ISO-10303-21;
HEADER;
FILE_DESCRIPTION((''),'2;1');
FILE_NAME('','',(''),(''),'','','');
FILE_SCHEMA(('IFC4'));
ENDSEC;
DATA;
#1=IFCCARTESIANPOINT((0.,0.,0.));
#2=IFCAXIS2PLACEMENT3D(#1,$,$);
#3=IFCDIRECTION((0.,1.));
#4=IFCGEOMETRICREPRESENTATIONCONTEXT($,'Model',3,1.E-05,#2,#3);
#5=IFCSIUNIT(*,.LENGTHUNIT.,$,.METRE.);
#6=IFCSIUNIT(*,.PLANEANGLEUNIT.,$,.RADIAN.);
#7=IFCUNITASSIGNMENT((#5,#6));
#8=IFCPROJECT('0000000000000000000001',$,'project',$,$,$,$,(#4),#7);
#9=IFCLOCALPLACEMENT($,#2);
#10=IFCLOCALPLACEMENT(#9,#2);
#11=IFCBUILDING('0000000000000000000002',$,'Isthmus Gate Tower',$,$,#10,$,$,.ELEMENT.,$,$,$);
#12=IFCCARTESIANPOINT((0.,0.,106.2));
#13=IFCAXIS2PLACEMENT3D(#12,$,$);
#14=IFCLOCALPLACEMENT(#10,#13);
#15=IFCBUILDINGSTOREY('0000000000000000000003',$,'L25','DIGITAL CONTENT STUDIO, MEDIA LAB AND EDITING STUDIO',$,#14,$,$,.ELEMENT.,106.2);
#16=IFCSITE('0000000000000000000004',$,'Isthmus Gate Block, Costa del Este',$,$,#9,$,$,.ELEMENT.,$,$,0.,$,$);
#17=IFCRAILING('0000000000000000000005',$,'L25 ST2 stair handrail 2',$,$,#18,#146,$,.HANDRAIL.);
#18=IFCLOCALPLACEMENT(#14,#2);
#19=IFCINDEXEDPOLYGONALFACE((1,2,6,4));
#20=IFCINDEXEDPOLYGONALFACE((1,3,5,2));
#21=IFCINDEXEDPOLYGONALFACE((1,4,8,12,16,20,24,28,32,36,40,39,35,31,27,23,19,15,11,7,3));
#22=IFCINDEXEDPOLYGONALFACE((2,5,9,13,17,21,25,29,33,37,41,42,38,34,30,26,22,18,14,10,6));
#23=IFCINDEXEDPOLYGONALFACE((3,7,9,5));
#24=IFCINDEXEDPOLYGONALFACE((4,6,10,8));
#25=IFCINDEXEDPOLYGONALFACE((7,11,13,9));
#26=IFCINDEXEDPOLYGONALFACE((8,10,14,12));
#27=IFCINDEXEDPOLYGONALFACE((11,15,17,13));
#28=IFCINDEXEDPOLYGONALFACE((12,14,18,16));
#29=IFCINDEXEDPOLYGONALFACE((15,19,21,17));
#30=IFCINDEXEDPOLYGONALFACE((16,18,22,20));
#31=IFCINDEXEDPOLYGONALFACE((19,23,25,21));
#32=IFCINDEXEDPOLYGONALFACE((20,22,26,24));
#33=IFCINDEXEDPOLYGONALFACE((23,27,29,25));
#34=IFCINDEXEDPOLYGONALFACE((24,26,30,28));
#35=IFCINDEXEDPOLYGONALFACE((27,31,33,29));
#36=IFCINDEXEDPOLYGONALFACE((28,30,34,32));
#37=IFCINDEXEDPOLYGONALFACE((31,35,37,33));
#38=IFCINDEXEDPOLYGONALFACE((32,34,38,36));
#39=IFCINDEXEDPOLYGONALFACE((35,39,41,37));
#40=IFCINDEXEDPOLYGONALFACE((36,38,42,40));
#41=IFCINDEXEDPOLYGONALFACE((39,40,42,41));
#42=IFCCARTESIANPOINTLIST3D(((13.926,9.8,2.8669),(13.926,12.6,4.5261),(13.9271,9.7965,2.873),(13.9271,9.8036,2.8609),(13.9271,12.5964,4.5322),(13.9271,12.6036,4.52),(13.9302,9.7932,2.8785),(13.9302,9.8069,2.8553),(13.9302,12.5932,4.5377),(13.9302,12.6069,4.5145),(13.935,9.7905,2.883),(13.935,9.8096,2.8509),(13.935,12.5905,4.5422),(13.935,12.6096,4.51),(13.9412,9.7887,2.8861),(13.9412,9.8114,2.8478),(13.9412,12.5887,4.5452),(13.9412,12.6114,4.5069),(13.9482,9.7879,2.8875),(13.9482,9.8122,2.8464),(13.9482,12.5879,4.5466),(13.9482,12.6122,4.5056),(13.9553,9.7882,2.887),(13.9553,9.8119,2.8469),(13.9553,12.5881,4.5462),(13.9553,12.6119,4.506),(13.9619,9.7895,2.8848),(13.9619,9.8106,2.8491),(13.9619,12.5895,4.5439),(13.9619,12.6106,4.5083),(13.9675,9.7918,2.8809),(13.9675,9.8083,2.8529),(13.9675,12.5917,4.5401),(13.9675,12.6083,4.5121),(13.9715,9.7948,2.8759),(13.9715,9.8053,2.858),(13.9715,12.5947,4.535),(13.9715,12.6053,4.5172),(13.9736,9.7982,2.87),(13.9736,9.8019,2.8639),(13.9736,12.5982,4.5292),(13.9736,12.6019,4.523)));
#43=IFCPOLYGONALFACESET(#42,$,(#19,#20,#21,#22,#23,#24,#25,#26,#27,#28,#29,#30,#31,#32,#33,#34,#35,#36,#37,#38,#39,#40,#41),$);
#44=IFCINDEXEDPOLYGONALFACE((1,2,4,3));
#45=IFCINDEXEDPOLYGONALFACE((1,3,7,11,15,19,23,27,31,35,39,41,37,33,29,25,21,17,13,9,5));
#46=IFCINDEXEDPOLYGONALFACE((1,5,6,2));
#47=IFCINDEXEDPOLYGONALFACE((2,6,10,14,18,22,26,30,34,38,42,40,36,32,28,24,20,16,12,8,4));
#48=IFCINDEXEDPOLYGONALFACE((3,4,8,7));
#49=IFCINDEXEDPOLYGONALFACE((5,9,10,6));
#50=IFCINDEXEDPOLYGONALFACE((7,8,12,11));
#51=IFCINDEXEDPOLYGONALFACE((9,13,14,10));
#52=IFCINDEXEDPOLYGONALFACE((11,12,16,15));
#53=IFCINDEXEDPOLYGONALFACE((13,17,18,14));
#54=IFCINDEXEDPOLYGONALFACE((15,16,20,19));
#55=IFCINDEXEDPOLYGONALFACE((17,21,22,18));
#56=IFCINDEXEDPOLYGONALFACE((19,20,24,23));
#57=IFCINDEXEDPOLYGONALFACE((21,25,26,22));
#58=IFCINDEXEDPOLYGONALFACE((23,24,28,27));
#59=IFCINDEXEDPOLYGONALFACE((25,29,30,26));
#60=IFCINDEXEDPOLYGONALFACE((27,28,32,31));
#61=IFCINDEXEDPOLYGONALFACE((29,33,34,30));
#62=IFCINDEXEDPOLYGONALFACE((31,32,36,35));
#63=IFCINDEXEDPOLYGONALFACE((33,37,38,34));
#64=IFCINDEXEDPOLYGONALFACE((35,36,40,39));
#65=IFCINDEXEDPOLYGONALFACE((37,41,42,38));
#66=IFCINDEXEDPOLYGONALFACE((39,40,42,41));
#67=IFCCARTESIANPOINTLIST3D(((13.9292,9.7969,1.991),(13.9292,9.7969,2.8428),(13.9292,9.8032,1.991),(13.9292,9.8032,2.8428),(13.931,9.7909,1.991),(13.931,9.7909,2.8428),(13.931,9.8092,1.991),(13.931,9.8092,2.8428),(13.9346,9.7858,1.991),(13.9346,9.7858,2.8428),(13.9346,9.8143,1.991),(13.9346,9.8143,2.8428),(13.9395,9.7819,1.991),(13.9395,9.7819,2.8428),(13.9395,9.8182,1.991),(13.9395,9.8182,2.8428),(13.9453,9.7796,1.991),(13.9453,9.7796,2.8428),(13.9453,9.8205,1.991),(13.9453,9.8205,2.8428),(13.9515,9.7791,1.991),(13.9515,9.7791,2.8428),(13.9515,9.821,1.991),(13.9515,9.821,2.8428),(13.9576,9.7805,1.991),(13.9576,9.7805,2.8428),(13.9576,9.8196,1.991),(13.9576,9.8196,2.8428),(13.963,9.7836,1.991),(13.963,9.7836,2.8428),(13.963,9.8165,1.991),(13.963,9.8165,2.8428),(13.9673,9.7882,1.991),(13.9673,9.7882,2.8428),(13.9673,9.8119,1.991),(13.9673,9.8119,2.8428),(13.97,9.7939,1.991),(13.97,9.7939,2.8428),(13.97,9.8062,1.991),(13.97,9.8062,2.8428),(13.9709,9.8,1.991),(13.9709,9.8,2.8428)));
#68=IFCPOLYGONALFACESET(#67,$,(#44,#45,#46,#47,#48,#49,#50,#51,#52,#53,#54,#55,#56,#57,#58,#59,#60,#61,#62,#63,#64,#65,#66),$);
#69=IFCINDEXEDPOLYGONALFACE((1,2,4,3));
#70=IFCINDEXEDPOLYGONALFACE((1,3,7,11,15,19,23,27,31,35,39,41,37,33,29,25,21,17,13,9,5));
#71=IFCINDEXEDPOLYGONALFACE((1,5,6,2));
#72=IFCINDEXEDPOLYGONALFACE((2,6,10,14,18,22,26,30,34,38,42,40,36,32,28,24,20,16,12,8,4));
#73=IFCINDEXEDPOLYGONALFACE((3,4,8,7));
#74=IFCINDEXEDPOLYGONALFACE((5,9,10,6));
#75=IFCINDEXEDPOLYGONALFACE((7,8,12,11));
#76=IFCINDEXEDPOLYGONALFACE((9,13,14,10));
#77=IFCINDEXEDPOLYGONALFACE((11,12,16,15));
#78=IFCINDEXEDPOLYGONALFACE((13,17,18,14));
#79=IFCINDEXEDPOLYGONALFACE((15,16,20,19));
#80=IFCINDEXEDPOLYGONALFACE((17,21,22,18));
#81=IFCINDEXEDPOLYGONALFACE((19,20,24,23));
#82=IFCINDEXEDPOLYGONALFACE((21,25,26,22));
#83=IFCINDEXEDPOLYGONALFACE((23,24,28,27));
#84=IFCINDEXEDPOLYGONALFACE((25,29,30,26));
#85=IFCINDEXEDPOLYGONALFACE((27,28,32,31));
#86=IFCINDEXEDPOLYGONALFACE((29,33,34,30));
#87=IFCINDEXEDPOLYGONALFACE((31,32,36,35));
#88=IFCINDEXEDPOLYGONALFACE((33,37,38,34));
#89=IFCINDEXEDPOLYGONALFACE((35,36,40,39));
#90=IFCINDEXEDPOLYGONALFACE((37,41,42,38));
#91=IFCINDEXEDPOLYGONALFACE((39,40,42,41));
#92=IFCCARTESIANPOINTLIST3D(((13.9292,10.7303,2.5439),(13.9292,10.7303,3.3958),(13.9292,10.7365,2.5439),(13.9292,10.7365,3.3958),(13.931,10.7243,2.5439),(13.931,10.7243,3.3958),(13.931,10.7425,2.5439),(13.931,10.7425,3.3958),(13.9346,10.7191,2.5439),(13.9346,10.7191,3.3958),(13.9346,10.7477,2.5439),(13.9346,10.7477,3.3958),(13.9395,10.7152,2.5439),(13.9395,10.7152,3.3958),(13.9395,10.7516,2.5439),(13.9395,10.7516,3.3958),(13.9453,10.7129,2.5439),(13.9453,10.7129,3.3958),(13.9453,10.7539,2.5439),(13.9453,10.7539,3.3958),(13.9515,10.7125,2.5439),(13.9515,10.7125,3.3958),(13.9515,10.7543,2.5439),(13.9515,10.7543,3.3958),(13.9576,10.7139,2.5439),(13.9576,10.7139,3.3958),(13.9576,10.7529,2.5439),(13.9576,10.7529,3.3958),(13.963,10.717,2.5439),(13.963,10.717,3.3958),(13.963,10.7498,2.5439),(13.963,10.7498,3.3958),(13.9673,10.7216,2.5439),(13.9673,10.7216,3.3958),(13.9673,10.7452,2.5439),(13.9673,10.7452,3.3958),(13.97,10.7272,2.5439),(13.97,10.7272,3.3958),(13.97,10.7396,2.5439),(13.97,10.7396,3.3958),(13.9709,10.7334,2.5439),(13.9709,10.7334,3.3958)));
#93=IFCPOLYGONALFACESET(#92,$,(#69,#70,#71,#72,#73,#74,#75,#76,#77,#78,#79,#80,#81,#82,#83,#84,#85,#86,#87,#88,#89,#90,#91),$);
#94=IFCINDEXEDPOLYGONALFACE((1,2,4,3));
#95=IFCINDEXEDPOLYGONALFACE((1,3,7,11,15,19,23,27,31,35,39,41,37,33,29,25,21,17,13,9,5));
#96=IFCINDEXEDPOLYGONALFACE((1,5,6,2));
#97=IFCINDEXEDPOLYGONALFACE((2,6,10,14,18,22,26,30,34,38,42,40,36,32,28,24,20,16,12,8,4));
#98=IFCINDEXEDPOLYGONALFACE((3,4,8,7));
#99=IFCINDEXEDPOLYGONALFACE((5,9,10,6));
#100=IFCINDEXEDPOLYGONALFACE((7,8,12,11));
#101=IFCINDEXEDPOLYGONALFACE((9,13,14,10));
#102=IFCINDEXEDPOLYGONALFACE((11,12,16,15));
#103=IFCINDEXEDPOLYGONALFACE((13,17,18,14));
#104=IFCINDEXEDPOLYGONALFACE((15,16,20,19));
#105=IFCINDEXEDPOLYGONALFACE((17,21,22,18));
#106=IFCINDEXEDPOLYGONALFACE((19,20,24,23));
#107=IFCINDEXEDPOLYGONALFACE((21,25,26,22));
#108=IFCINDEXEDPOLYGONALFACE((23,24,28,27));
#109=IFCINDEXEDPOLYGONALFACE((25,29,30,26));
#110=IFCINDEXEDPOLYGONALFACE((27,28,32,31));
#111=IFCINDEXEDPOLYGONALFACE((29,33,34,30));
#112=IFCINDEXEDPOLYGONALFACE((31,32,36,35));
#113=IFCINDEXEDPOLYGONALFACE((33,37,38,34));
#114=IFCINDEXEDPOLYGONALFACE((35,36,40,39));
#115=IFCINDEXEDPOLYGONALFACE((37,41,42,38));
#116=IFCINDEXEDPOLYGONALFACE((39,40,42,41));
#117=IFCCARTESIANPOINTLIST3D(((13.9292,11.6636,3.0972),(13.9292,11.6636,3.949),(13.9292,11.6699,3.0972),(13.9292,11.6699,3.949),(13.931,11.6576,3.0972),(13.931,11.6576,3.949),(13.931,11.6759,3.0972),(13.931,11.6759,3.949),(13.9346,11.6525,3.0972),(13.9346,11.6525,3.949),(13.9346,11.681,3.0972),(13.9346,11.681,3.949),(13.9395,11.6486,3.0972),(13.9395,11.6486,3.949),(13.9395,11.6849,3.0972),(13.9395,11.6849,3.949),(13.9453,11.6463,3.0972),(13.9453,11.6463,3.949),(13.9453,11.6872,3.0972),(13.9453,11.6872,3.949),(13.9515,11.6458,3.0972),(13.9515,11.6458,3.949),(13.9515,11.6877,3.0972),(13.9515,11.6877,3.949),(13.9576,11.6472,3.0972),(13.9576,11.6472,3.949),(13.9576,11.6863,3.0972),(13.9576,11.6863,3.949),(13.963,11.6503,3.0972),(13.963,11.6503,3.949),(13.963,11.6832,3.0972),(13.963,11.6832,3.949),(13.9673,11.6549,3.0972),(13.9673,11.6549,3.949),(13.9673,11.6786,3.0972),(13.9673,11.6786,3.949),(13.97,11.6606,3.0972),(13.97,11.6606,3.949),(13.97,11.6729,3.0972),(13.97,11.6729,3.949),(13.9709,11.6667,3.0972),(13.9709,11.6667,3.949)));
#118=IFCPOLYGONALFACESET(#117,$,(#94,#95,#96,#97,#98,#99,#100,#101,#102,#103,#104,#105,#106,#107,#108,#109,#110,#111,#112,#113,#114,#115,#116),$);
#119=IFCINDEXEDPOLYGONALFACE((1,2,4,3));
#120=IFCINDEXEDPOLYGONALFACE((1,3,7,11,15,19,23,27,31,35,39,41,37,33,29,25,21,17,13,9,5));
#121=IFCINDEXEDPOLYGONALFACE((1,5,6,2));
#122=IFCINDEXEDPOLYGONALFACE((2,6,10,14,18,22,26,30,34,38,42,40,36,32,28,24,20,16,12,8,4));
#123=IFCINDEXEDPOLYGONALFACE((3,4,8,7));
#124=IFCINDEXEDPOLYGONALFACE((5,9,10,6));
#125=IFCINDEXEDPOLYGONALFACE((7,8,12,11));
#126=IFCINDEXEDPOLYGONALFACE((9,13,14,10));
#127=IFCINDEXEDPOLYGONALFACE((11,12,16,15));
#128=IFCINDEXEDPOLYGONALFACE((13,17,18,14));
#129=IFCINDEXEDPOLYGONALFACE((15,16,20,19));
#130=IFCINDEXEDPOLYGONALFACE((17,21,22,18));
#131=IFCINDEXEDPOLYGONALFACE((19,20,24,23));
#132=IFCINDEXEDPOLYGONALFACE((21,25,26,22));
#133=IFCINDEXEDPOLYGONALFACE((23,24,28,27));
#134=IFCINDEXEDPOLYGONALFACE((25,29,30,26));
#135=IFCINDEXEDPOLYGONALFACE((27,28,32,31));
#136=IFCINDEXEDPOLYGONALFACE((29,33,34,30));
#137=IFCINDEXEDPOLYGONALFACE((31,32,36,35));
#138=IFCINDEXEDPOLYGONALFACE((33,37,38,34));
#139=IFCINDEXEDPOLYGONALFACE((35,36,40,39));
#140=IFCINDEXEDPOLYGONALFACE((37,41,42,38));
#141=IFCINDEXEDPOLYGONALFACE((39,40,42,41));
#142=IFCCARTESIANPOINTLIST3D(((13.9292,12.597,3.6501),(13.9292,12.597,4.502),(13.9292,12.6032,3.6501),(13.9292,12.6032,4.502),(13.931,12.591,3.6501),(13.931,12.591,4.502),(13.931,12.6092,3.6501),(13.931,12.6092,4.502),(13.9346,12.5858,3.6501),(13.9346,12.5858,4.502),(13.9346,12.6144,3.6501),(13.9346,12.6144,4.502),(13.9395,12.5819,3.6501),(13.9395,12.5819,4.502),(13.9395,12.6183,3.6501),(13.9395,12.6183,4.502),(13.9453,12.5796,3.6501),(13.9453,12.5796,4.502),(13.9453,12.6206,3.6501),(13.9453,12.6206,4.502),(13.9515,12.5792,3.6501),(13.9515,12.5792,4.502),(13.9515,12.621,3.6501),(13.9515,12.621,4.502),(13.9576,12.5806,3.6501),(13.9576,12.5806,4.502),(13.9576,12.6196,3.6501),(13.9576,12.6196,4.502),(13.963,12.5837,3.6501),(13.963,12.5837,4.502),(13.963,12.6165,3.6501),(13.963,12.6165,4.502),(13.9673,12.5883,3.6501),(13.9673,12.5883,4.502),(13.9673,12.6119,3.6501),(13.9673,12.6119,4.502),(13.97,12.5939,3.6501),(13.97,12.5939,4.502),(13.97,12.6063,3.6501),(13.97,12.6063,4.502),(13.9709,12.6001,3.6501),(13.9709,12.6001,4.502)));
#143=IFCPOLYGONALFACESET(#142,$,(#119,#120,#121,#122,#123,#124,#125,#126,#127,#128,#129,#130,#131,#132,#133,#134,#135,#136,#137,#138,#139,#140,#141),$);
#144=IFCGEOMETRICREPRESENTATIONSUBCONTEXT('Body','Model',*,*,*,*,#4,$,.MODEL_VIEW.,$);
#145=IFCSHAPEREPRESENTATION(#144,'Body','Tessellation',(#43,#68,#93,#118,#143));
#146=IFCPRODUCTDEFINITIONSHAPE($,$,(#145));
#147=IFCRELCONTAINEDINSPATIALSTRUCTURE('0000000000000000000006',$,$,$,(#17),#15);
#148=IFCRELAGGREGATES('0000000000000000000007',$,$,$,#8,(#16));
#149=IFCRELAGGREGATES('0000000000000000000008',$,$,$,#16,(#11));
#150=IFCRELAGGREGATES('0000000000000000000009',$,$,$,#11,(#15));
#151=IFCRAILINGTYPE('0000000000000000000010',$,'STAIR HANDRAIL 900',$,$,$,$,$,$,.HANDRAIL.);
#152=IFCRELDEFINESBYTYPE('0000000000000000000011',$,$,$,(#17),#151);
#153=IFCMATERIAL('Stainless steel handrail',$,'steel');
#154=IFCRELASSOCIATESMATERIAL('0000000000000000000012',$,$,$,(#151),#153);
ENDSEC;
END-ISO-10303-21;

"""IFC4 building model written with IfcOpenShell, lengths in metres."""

from ifc_helpers import new_model, si_unit, direction, frame, origin, origin_2d, place, context, subcontext, project, spatial, circle, extrude, material, type_object, element, save


model = new_model("IFC4")

# Units and contexts
model_context = context("Model", 3, precision=1e-05, world=origin(), true_north=direction((0.0, 1.0)))
body_context = subcontext(model_context, "Body", "Model", "MODEL_VIEW")
ifc_project = project(units=[si_unit("LENGTHUNIT", "METRE"), si_unit("PLANEANGLEUNIT", "RADIAN")], contexts=[model_context])

# Site, building, storey
site_placement = place(None, origin())
site = spatial("IfcSite", under=ifc_project, at=site_placement, Name="Isthmus Gate Block, Costa del Este", CompositionType="ELEMENT", RefElevation=0.0)
building_placement = place(site_placement, origin())
building = spatial("IfcBuilding", under=site, at=building_placement, Name="Isthmus Gate Tower", CompositionType="ELEMENT")
storey_placement = place(building_placement, frame((0.0, 0.0, 106.2)))
storey = spatial("IfcBuildingStorey", under=building, at=storey_placement, Name="L25", Description="DIGITAL CONTENT STUDIO, MEDIA LAB AND EDITING STUDIO", CompositionType="ELEMENT", Elevation=106.2)

# Railing
ifc_material_1 = material(Name="Stainless steel handrail", Category="steel")
railing_type = type_object("IfcRailingType", Name="STAIR HANDRAIL 900", PredefinedType="HANDRAIL", material=ifc_material_1)
railing_placement = place(storey_placement, frame((13.95, 9.8, 1.991)))
element("IfcRailing", 1, at=railing_placement, inside=storey, type_object=railing_type, Name="L25 ST2 stair handrail 2", PredefinedType="HANDRAIL", context=body_context, shape_type="SweptSolid", body=[
    extrude(circle(Radius=0.0239, at=origin_2d()), frame((0.0, 0.0, 0.876), z_axis=(0.0, 0.860306, 0.509778), x_axis=(-1.0, 0.0, 0.0)), (0.0, 0.0, 1.0), 3.2546),
    extrude(circle(Radius=0.021, at=origin_2d()), origin(), (0.0, 0.0, 1.0), 0.8518),
    extrude(circle(Radius=0.021, at=origin_2d()), frame((0.0, 0.9333, 0.553)), (0.0, 0.0, 1.0), 0.8518),
    extrude(circle(Radius=0.021, at=origin_2d()), frame((0.0, 1.8667, 1.1062)), (0.0, 0.0, 1.0), 0.8518),
    extrude(circle(Radius=0.021, at=origin_2d()), frame((0.0, 2.8, 1.6592)), (0.0, 0.0, 1.0), 0.8518),
])

save(model, "model.ifc")
